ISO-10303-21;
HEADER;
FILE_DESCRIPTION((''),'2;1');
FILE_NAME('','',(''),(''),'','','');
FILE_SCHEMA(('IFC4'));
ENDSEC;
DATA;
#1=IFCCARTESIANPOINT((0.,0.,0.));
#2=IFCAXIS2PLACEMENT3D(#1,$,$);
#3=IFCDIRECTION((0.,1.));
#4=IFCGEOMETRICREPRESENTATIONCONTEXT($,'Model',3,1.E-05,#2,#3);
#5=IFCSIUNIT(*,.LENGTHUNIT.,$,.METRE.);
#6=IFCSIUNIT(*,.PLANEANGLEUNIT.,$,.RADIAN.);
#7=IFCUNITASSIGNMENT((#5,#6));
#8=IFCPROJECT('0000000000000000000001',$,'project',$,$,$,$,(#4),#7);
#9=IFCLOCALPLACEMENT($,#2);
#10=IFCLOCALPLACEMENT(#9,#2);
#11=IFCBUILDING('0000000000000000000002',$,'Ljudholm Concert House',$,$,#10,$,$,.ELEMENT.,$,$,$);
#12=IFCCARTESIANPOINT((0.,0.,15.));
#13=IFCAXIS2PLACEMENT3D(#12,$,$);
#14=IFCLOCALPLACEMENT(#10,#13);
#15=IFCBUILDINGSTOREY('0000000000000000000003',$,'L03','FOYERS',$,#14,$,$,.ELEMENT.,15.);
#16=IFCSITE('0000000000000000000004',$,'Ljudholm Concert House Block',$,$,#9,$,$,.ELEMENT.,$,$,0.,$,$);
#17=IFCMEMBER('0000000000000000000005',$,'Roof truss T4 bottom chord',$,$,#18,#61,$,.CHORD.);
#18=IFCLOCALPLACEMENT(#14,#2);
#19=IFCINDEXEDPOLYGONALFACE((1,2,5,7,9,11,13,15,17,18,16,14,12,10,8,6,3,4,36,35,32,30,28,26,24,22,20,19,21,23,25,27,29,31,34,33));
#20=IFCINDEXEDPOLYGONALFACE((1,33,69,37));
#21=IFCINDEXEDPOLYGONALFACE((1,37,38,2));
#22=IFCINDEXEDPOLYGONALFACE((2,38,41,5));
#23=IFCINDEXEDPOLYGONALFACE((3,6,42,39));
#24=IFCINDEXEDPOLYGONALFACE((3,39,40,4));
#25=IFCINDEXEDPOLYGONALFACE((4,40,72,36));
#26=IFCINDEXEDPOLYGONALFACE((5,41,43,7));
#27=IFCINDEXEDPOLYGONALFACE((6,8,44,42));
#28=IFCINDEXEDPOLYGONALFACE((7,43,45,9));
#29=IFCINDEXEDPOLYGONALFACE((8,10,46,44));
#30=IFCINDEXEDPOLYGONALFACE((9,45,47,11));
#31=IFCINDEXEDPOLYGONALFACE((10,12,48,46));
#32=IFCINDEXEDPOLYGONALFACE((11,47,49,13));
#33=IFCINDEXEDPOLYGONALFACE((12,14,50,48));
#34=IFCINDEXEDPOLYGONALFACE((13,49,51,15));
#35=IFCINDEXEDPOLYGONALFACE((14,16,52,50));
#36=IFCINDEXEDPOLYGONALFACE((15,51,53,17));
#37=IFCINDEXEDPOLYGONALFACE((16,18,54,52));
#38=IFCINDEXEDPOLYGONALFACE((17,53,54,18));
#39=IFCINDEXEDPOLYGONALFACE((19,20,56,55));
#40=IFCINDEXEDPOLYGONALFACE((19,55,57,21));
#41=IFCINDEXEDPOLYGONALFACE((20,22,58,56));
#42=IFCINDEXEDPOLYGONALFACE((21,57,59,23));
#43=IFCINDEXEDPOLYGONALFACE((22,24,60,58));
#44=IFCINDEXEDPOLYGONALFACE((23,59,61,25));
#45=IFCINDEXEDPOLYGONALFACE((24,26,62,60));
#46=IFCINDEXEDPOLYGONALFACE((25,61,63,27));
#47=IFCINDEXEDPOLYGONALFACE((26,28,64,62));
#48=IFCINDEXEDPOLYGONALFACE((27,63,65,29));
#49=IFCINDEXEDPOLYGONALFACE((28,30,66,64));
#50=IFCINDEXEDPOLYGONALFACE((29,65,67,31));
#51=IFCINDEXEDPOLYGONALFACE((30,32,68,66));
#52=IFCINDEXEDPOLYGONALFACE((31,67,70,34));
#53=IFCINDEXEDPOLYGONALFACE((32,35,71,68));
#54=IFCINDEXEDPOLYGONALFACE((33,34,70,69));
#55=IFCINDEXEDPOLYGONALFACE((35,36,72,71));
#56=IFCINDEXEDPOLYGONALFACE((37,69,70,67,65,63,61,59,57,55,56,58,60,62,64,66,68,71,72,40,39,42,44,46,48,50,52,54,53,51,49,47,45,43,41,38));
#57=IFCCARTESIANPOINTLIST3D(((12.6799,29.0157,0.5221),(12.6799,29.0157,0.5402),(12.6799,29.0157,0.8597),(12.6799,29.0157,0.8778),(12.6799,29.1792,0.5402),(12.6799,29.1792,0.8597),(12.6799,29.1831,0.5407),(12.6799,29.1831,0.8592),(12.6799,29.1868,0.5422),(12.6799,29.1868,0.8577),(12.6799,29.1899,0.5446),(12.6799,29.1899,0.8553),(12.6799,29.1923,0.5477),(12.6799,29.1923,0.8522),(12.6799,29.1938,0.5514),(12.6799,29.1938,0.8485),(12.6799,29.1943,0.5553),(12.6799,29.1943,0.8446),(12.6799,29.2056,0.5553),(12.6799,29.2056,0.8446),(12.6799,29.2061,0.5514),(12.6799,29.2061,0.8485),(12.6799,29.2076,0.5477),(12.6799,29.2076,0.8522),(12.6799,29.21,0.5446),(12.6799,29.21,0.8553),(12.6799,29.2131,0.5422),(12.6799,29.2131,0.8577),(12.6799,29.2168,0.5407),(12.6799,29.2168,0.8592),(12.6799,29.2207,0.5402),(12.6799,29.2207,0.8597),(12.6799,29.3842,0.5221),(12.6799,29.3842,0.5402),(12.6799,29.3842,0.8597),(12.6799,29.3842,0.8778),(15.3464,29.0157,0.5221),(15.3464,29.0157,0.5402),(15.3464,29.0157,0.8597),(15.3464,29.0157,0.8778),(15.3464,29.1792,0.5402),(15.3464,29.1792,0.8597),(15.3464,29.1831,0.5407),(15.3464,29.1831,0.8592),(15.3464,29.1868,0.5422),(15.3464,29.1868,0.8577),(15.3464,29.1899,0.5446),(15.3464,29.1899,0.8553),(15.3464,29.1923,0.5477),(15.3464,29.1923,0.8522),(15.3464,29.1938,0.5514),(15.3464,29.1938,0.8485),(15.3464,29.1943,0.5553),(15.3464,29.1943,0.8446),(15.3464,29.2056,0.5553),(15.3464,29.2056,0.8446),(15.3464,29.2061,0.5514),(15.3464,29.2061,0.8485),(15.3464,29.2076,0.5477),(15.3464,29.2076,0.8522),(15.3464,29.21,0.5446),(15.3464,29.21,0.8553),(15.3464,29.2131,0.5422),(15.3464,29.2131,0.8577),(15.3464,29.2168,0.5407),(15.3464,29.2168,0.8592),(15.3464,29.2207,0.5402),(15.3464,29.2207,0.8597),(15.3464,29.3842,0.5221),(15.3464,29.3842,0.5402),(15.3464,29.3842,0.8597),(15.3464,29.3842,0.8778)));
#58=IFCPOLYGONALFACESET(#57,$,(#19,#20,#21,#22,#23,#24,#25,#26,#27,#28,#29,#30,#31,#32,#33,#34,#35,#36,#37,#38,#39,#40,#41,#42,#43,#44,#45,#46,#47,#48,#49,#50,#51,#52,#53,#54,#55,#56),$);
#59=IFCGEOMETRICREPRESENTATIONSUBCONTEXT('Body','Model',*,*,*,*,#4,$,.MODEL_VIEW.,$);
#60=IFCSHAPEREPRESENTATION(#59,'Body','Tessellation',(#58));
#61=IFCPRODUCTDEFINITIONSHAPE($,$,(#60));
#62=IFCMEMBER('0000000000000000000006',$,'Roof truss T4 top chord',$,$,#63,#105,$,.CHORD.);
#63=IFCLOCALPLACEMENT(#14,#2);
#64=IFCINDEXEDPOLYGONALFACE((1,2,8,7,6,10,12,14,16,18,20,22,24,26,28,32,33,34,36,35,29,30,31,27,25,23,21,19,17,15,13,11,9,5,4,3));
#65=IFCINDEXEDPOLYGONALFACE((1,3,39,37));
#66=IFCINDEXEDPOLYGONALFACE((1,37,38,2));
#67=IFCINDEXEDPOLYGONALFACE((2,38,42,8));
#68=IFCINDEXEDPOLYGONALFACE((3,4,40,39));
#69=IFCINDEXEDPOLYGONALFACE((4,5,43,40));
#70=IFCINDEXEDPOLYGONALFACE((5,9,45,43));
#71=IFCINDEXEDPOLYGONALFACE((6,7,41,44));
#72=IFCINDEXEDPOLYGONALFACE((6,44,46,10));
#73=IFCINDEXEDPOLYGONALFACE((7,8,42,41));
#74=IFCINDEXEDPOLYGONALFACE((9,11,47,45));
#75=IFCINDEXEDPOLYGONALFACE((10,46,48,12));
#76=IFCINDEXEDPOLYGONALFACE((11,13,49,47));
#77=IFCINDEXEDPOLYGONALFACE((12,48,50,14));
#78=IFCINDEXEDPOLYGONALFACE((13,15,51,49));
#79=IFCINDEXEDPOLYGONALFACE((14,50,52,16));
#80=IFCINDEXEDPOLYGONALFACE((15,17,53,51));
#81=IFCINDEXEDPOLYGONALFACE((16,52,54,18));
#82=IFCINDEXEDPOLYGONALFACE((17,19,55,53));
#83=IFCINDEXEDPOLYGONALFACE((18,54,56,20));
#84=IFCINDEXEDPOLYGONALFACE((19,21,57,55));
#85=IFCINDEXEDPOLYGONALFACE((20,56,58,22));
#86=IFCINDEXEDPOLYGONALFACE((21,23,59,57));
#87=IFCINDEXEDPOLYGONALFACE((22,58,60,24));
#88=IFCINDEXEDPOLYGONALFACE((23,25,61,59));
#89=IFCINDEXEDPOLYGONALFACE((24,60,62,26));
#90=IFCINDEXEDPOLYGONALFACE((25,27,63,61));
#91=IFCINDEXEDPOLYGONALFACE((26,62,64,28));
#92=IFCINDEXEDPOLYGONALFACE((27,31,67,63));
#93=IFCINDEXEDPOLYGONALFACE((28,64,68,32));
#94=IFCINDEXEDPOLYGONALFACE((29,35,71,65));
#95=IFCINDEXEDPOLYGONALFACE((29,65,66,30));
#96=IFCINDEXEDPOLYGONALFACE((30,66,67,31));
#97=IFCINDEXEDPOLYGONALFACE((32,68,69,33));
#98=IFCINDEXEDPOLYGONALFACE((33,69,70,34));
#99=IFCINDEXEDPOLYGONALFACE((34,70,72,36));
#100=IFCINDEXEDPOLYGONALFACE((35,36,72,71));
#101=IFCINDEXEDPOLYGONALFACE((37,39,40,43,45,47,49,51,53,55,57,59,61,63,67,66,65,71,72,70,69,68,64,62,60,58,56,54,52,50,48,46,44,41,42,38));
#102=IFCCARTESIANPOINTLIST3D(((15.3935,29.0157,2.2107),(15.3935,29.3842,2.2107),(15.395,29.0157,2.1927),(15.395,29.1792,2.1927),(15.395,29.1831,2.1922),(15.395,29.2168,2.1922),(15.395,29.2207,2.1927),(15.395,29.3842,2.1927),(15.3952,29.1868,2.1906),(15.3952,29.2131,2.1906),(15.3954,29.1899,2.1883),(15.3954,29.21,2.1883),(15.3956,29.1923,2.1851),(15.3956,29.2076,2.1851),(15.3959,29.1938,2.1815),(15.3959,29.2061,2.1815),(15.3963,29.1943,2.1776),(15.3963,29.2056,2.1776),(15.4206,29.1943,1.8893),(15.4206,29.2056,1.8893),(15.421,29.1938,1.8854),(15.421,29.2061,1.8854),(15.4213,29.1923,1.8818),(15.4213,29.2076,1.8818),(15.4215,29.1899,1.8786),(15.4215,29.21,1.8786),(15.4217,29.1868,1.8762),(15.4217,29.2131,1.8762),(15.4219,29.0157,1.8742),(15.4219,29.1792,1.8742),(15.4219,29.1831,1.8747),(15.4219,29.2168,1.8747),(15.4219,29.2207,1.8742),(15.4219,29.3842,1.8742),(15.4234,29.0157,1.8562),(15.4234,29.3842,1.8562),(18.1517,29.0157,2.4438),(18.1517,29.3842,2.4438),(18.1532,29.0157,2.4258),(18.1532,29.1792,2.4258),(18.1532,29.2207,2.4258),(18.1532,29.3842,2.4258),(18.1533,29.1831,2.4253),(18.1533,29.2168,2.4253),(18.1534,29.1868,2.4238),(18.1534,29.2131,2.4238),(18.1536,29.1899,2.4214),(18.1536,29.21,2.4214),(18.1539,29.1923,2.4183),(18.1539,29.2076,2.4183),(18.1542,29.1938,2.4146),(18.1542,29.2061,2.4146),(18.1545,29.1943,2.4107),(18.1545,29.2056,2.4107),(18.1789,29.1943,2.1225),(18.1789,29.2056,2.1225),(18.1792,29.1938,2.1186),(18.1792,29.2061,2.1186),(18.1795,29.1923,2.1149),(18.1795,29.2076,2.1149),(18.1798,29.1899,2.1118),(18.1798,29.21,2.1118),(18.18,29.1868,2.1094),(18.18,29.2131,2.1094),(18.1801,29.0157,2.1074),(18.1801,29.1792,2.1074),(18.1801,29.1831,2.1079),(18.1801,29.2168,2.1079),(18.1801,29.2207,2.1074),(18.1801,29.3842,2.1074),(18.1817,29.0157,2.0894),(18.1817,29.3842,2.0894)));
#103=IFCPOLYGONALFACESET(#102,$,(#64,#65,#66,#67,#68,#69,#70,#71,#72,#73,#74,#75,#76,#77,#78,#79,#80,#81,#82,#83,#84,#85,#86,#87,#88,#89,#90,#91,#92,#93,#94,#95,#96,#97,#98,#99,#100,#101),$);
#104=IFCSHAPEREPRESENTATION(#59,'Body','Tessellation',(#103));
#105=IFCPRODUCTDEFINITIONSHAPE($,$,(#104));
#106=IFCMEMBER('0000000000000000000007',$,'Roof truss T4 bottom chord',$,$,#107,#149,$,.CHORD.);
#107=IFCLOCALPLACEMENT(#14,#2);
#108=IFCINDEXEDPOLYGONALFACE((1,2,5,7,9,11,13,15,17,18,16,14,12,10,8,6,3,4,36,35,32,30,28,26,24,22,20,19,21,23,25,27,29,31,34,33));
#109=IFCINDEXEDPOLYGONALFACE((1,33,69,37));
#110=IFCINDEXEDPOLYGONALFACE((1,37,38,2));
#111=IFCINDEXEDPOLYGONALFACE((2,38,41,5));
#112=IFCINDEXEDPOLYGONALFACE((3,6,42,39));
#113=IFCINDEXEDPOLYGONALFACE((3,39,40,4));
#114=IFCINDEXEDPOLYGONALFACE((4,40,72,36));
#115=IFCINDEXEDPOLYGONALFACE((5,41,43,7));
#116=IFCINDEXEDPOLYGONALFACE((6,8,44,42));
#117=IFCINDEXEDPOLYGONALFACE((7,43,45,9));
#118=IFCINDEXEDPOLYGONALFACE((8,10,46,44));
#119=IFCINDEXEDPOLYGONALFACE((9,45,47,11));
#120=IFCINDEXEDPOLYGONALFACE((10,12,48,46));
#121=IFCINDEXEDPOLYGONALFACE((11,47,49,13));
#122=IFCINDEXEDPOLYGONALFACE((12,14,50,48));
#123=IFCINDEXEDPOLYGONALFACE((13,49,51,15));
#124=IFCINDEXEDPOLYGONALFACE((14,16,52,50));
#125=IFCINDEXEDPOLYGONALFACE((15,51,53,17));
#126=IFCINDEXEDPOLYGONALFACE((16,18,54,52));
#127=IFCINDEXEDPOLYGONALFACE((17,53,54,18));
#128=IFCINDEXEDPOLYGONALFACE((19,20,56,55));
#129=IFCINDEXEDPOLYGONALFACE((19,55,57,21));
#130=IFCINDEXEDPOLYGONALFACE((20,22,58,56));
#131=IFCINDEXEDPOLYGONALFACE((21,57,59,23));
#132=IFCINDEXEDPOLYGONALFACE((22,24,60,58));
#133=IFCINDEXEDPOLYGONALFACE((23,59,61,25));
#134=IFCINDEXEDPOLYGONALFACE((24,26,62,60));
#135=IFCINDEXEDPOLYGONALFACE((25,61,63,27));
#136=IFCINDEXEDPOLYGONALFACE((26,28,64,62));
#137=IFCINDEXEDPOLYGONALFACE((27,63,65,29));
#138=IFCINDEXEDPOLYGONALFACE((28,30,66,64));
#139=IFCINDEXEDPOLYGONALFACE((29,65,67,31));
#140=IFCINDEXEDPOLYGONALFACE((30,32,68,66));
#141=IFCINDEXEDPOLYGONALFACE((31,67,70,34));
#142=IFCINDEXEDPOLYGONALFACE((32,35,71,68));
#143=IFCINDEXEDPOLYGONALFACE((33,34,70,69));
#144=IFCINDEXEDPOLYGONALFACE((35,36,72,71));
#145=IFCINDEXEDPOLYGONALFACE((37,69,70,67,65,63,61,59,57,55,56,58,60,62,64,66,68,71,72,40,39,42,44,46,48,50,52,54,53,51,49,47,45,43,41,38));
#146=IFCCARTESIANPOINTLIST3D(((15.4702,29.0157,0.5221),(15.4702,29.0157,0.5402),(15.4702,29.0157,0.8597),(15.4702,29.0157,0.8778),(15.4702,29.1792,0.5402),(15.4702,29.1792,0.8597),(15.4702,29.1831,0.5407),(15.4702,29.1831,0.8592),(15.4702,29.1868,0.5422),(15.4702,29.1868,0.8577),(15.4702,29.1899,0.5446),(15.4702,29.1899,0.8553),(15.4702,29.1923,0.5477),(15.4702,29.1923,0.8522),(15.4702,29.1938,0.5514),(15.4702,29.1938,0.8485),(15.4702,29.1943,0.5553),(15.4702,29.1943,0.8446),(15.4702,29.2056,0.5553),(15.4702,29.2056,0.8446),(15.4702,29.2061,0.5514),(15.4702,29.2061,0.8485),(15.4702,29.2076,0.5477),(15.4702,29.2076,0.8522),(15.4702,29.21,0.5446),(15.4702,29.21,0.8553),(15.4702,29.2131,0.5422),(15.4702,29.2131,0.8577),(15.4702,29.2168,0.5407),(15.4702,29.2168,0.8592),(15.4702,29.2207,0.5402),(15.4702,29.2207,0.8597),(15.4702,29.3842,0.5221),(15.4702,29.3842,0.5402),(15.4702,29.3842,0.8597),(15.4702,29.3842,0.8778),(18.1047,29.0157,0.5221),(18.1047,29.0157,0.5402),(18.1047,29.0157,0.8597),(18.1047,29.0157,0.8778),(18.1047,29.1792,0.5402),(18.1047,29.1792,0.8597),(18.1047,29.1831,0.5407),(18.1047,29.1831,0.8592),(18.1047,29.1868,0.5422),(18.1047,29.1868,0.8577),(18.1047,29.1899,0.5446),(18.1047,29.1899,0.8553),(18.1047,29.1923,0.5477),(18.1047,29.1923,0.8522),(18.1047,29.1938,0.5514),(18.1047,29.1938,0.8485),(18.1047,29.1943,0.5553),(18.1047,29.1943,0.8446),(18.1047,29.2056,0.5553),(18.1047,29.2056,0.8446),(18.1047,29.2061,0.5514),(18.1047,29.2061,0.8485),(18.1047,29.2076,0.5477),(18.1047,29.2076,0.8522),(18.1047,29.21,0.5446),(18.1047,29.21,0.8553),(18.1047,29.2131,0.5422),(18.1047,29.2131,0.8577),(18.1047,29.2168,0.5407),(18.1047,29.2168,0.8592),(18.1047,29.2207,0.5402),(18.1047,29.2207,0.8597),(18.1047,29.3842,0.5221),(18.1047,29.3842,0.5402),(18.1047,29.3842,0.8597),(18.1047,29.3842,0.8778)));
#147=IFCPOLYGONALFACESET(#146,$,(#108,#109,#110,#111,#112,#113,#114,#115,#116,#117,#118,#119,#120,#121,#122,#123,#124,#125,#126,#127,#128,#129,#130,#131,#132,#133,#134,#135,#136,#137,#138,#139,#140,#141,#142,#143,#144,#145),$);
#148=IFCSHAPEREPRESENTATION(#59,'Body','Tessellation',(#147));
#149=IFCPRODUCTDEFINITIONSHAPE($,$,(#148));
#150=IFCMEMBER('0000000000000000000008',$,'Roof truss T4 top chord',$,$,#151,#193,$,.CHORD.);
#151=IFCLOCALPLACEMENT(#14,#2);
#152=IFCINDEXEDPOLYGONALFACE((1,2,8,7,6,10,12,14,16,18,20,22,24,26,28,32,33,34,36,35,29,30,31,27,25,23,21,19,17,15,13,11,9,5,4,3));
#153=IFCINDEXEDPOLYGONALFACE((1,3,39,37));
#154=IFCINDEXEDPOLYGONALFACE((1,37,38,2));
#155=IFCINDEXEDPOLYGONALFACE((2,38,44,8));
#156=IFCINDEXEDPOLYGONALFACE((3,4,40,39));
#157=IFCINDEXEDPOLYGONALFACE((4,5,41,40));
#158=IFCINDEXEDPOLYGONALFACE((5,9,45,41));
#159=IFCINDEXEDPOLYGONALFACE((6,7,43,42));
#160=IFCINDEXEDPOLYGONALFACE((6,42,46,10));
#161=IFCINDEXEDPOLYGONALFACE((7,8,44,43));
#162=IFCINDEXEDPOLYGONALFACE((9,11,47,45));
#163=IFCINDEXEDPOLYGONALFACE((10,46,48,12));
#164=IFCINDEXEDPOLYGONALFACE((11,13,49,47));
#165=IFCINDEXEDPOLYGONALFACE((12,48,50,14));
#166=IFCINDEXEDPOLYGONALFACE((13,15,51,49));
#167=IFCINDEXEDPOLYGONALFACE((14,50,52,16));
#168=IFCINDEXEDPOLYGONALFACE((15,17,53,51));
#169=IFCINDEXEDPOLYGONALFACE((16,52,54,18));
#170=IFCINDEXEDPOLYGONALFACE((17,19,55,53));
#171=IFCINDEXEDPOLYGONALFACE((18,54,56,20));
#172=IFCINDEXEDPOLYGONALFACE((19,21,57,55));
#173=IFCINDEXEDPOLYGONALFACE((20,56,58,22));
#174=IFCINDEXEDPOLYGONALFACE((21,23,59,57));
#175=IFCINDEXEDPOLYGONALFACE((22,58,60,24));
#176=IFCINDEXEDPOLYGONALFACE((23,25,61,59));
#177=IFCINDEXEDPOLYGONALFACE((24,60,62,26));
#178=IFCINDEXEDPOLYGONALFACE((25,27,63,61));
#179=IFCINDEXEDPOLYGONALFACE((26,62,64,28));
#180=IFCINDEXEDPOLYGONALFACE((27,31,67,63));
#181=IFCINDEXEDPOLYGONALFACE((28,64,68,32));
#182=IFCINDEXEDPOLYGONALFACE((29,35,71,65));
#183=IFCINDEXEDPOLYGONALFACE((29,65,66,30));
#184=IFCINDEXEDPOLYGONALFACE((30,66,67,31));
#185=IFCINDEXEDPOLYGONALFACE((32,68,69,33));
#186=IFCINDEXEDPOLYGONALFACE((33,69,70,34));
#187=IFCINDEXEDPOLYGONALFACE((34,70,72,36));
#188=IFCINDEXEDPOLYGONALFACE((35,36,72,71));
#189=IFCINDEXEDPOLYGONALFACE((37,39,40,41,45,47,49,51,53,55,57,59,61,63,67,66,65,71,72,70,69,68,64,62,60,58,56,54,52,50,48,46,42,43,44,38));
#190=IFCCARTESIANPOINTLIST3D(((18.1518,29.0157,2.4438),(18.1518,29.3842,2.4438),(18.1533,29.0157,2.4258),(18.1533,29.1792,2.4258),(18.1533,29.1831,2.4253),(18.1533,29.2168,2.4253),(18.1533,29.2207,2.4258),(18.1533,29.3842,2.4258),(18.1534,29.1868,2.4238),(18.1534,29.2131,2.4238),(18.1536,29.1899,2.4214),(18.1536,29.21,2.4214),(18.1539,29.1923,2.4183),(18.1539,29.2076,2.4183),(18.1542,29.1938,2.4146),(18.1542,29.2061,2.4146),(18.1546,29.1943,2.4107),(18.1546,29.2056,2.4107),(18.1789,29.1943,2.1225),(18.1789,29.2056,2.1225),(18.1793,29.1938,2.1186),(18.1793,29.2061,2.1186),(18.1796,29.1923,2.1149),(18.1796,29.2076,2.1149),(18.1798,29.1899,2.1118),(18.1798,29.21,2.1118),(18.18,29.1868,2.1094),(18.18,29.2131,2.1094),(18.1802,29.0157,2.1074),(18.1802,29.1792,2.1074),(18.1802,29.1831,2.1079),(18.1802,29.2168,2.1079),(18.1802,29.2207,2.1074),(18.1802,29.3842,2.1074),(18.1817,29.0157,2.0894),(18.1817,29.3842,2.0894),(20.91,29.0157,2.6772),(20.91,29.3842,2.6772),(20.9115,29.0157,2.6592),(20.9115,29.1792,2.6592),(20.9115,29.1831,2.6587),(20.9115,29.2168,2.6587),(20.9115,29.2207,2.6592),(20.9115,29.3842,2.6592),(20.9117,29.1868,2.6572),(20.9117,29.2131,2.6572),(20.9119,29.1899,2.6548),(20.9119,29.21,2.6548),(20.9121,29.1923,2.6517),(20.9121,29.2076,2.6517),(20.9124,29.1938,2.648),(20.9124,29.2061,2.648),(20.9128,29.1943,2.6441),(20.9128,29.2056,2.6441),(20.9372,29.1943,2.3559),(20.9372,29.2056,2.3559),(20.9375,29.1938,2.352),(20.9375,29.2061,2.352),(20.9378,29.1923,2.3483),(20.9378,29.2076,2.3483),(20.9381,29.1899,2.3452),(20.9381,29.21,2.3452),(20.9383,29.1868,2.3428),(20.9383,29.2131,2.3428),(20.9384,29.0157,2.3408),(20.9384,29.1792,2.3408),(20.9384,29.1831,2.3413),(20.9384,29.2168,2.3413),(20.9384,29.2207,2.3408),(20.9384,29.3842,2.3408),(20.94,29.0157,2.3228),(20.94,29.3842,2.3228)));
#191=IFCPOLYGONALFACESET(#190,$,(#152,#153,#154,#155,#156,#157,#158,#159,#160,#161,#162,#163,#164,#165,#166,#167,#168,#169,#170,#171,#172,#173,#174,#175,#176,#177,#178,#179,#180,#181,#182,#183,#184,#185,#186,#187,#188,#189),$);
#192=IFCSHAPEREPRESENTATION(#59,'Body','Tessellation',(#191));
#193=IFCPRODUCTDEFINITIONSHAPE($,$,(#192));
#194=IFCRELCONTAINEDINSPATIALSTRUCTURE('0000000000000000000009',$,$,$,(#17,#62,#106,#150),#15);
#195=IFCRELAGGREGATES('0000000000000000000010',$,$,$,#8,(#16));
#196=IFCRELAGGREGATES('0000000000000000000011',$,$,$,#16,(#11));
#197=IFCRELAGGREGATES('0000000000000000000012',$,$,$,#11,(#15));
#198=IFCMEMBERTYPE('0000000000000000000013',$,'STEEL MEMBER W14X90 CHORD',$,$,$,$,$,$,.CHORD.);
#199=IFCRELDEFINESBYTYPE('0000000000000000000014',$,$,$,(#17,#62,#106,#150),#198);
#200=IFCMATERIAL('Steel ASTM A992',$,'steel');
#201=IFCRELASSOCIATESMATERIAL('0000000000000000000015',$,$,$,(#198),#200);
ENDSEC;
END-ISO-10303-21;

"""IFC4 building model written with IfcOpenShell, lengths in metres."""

from ifc_helpers import new_model, si_unit, direction, frame, origin, origin_2d, place, context, subcontext, project, spatial, i_section, extrude, material, material_profile, profile_set, type_object, element, save


model = new_model("IFC4")

# Units and contexts
model_context = context("Model", 3, precision=1e-05, world=origin(), true_north=direction((0.0, 1.0)))
body_context = subcontext(model_context, "Body", "Model", "MODEL_VIEW")
ifc_project = project(units=[si_unit("LENGTHUNIT", "METRE"), si_unit("PLANEANGLEUNIT", "RADIAN")], contexts=[model_context])

# Site, building, storey
site_placement = place(None, origin())
site = spatial("IfcSite", under=ifc_project, at=site_placement, Name="Ljudholm Concert House Block", CompositionType="ELEMENT", RefElevation=0.0)
building_placement = place(site_placement, origin())
building = spatial("IfcBuilding", under=site, at=building_placement, Name="Ljudholm Concert House", CompositionType="ELEMENT")
storey_placement = place(building_placement, frame((0.0, 0.0, 15.0)))
storey = spatial("IfcBuildingStorey", under=building, at=storey_placement, Name="L03", Description="FOYERS", CompositionType="ELEMENT", Elevation=15.0)

# Members
ifc_material_1 = material(Name="Steel ASTM A992", Category="steel")
ifc_material_profile_1 = material_profile(ifc_material_1, i_section(OverallWidth=0.3684, OverallDepth=0.3557, WebThickness=0.0112, FlangeThickness=0.0181, FilletRadius=0.0151, at=origin_2d()), Name="W14X90")
ifc_profile_set_1 = profile_set([ifc_material_profile_1], Name="Steel ASTM A992")
member_type_1 = type_object("IfcMemberType", Name="STEEL MEMBER W14X90 CHORD", PredefinedType="CHORD", material=ifc_profile_set_1)
member_1_placement = place(storey_placement, frame((12.6799, 29.2, 0.7), z_axis=(1.0, 0.0, 0.0), x_axis=(0.0, 1.0, 0.0)))
element("IfcMember", 1, at=member_1_placement, inside=storey, type_object=member_type_1, Name="Roof truss T4 bottom chord", PredefinedType="CHORD", context=body_context, shape_type="SweptSolid", body=[
    extrude(i_section(OverallWidth=0.3684, OverallDepth=0.3557, WebThickness=0.0112, FlangeThickness=0.0181, FilletRadius=0.0151, at=origin_2d()), origin(), (0.0, 0.0, 1.0), 2.6665),
])
member_2_placement = place(storey_placement, frame((15.4084, 29.2, 2.0334), z_axis=(0.996447, 0.0, 0.084228), x_axis=(0.0, 1.0, 0.0)))
element("IfcMember", 2, at=member_2_placement, inside=storey, type_object=member_type_1, Name="Roof truss T4 top chord", PredefinedType="CHORD", context=body_context, shape_type="SweptSolid", body=[
    extrude(i_section(OverallWidth=0.3684, OverallDepth=0.3557, WebThickness=0.0112, FlangeThickness=0.0181, FilletRadius=0.0151, at=origin_2d()), origin(), (0.0, 0.0, 1.0), 2.7681),
])
member_3_placement = place(storey_placement, frame((15.4702, 29.2, 0.7), z_axis=(1.0, 0.0, 0.0), x_axis=(0.0, 1.0, 0.0)))
element("IfcMember", 3, at=member_3_placement, inside=storey, type_object=member_type_1, Name="Roof truss T4 bottom chord", PredefinedType="CHORD", context=body_context, shape_type="SweptSolid", body=[
    extrude(i_section(OverallWidth=0.3684, OverallDepth=0.3557, WebThickness=0.0112, FlangeThickness=0.0181, FilletRadius=0.0151, at=origin_2d()), origin(), (0.0, 0.0, 1.0), 2.6345),
])
member_4_placement = place(storey_placement, frame((18.1667, 29.2, 2.2666), z_axis=(0.996439, 0.0, 0.084315), x_axis=(0.0, 1.0, 0.0)))
element("IfcMember", 4, at=member_4_placement, inside=storey, type_object=member_type_1, Name="Roof truss T4 top chord", PredefinedType="CHORD", context=body_context, shape_type="SweptSolid", body=[
    extrude(i_section(OverallWidth=0.3684, OverallDepth=0.3557, WebThickness=0.0112, FlangeThickness=0.0181, FilletRadius=0.0151, at=origin_2d()), origin(), (0.0, 0.0, 1.0), 2.7681),
])

save(model, "model.ifc")
